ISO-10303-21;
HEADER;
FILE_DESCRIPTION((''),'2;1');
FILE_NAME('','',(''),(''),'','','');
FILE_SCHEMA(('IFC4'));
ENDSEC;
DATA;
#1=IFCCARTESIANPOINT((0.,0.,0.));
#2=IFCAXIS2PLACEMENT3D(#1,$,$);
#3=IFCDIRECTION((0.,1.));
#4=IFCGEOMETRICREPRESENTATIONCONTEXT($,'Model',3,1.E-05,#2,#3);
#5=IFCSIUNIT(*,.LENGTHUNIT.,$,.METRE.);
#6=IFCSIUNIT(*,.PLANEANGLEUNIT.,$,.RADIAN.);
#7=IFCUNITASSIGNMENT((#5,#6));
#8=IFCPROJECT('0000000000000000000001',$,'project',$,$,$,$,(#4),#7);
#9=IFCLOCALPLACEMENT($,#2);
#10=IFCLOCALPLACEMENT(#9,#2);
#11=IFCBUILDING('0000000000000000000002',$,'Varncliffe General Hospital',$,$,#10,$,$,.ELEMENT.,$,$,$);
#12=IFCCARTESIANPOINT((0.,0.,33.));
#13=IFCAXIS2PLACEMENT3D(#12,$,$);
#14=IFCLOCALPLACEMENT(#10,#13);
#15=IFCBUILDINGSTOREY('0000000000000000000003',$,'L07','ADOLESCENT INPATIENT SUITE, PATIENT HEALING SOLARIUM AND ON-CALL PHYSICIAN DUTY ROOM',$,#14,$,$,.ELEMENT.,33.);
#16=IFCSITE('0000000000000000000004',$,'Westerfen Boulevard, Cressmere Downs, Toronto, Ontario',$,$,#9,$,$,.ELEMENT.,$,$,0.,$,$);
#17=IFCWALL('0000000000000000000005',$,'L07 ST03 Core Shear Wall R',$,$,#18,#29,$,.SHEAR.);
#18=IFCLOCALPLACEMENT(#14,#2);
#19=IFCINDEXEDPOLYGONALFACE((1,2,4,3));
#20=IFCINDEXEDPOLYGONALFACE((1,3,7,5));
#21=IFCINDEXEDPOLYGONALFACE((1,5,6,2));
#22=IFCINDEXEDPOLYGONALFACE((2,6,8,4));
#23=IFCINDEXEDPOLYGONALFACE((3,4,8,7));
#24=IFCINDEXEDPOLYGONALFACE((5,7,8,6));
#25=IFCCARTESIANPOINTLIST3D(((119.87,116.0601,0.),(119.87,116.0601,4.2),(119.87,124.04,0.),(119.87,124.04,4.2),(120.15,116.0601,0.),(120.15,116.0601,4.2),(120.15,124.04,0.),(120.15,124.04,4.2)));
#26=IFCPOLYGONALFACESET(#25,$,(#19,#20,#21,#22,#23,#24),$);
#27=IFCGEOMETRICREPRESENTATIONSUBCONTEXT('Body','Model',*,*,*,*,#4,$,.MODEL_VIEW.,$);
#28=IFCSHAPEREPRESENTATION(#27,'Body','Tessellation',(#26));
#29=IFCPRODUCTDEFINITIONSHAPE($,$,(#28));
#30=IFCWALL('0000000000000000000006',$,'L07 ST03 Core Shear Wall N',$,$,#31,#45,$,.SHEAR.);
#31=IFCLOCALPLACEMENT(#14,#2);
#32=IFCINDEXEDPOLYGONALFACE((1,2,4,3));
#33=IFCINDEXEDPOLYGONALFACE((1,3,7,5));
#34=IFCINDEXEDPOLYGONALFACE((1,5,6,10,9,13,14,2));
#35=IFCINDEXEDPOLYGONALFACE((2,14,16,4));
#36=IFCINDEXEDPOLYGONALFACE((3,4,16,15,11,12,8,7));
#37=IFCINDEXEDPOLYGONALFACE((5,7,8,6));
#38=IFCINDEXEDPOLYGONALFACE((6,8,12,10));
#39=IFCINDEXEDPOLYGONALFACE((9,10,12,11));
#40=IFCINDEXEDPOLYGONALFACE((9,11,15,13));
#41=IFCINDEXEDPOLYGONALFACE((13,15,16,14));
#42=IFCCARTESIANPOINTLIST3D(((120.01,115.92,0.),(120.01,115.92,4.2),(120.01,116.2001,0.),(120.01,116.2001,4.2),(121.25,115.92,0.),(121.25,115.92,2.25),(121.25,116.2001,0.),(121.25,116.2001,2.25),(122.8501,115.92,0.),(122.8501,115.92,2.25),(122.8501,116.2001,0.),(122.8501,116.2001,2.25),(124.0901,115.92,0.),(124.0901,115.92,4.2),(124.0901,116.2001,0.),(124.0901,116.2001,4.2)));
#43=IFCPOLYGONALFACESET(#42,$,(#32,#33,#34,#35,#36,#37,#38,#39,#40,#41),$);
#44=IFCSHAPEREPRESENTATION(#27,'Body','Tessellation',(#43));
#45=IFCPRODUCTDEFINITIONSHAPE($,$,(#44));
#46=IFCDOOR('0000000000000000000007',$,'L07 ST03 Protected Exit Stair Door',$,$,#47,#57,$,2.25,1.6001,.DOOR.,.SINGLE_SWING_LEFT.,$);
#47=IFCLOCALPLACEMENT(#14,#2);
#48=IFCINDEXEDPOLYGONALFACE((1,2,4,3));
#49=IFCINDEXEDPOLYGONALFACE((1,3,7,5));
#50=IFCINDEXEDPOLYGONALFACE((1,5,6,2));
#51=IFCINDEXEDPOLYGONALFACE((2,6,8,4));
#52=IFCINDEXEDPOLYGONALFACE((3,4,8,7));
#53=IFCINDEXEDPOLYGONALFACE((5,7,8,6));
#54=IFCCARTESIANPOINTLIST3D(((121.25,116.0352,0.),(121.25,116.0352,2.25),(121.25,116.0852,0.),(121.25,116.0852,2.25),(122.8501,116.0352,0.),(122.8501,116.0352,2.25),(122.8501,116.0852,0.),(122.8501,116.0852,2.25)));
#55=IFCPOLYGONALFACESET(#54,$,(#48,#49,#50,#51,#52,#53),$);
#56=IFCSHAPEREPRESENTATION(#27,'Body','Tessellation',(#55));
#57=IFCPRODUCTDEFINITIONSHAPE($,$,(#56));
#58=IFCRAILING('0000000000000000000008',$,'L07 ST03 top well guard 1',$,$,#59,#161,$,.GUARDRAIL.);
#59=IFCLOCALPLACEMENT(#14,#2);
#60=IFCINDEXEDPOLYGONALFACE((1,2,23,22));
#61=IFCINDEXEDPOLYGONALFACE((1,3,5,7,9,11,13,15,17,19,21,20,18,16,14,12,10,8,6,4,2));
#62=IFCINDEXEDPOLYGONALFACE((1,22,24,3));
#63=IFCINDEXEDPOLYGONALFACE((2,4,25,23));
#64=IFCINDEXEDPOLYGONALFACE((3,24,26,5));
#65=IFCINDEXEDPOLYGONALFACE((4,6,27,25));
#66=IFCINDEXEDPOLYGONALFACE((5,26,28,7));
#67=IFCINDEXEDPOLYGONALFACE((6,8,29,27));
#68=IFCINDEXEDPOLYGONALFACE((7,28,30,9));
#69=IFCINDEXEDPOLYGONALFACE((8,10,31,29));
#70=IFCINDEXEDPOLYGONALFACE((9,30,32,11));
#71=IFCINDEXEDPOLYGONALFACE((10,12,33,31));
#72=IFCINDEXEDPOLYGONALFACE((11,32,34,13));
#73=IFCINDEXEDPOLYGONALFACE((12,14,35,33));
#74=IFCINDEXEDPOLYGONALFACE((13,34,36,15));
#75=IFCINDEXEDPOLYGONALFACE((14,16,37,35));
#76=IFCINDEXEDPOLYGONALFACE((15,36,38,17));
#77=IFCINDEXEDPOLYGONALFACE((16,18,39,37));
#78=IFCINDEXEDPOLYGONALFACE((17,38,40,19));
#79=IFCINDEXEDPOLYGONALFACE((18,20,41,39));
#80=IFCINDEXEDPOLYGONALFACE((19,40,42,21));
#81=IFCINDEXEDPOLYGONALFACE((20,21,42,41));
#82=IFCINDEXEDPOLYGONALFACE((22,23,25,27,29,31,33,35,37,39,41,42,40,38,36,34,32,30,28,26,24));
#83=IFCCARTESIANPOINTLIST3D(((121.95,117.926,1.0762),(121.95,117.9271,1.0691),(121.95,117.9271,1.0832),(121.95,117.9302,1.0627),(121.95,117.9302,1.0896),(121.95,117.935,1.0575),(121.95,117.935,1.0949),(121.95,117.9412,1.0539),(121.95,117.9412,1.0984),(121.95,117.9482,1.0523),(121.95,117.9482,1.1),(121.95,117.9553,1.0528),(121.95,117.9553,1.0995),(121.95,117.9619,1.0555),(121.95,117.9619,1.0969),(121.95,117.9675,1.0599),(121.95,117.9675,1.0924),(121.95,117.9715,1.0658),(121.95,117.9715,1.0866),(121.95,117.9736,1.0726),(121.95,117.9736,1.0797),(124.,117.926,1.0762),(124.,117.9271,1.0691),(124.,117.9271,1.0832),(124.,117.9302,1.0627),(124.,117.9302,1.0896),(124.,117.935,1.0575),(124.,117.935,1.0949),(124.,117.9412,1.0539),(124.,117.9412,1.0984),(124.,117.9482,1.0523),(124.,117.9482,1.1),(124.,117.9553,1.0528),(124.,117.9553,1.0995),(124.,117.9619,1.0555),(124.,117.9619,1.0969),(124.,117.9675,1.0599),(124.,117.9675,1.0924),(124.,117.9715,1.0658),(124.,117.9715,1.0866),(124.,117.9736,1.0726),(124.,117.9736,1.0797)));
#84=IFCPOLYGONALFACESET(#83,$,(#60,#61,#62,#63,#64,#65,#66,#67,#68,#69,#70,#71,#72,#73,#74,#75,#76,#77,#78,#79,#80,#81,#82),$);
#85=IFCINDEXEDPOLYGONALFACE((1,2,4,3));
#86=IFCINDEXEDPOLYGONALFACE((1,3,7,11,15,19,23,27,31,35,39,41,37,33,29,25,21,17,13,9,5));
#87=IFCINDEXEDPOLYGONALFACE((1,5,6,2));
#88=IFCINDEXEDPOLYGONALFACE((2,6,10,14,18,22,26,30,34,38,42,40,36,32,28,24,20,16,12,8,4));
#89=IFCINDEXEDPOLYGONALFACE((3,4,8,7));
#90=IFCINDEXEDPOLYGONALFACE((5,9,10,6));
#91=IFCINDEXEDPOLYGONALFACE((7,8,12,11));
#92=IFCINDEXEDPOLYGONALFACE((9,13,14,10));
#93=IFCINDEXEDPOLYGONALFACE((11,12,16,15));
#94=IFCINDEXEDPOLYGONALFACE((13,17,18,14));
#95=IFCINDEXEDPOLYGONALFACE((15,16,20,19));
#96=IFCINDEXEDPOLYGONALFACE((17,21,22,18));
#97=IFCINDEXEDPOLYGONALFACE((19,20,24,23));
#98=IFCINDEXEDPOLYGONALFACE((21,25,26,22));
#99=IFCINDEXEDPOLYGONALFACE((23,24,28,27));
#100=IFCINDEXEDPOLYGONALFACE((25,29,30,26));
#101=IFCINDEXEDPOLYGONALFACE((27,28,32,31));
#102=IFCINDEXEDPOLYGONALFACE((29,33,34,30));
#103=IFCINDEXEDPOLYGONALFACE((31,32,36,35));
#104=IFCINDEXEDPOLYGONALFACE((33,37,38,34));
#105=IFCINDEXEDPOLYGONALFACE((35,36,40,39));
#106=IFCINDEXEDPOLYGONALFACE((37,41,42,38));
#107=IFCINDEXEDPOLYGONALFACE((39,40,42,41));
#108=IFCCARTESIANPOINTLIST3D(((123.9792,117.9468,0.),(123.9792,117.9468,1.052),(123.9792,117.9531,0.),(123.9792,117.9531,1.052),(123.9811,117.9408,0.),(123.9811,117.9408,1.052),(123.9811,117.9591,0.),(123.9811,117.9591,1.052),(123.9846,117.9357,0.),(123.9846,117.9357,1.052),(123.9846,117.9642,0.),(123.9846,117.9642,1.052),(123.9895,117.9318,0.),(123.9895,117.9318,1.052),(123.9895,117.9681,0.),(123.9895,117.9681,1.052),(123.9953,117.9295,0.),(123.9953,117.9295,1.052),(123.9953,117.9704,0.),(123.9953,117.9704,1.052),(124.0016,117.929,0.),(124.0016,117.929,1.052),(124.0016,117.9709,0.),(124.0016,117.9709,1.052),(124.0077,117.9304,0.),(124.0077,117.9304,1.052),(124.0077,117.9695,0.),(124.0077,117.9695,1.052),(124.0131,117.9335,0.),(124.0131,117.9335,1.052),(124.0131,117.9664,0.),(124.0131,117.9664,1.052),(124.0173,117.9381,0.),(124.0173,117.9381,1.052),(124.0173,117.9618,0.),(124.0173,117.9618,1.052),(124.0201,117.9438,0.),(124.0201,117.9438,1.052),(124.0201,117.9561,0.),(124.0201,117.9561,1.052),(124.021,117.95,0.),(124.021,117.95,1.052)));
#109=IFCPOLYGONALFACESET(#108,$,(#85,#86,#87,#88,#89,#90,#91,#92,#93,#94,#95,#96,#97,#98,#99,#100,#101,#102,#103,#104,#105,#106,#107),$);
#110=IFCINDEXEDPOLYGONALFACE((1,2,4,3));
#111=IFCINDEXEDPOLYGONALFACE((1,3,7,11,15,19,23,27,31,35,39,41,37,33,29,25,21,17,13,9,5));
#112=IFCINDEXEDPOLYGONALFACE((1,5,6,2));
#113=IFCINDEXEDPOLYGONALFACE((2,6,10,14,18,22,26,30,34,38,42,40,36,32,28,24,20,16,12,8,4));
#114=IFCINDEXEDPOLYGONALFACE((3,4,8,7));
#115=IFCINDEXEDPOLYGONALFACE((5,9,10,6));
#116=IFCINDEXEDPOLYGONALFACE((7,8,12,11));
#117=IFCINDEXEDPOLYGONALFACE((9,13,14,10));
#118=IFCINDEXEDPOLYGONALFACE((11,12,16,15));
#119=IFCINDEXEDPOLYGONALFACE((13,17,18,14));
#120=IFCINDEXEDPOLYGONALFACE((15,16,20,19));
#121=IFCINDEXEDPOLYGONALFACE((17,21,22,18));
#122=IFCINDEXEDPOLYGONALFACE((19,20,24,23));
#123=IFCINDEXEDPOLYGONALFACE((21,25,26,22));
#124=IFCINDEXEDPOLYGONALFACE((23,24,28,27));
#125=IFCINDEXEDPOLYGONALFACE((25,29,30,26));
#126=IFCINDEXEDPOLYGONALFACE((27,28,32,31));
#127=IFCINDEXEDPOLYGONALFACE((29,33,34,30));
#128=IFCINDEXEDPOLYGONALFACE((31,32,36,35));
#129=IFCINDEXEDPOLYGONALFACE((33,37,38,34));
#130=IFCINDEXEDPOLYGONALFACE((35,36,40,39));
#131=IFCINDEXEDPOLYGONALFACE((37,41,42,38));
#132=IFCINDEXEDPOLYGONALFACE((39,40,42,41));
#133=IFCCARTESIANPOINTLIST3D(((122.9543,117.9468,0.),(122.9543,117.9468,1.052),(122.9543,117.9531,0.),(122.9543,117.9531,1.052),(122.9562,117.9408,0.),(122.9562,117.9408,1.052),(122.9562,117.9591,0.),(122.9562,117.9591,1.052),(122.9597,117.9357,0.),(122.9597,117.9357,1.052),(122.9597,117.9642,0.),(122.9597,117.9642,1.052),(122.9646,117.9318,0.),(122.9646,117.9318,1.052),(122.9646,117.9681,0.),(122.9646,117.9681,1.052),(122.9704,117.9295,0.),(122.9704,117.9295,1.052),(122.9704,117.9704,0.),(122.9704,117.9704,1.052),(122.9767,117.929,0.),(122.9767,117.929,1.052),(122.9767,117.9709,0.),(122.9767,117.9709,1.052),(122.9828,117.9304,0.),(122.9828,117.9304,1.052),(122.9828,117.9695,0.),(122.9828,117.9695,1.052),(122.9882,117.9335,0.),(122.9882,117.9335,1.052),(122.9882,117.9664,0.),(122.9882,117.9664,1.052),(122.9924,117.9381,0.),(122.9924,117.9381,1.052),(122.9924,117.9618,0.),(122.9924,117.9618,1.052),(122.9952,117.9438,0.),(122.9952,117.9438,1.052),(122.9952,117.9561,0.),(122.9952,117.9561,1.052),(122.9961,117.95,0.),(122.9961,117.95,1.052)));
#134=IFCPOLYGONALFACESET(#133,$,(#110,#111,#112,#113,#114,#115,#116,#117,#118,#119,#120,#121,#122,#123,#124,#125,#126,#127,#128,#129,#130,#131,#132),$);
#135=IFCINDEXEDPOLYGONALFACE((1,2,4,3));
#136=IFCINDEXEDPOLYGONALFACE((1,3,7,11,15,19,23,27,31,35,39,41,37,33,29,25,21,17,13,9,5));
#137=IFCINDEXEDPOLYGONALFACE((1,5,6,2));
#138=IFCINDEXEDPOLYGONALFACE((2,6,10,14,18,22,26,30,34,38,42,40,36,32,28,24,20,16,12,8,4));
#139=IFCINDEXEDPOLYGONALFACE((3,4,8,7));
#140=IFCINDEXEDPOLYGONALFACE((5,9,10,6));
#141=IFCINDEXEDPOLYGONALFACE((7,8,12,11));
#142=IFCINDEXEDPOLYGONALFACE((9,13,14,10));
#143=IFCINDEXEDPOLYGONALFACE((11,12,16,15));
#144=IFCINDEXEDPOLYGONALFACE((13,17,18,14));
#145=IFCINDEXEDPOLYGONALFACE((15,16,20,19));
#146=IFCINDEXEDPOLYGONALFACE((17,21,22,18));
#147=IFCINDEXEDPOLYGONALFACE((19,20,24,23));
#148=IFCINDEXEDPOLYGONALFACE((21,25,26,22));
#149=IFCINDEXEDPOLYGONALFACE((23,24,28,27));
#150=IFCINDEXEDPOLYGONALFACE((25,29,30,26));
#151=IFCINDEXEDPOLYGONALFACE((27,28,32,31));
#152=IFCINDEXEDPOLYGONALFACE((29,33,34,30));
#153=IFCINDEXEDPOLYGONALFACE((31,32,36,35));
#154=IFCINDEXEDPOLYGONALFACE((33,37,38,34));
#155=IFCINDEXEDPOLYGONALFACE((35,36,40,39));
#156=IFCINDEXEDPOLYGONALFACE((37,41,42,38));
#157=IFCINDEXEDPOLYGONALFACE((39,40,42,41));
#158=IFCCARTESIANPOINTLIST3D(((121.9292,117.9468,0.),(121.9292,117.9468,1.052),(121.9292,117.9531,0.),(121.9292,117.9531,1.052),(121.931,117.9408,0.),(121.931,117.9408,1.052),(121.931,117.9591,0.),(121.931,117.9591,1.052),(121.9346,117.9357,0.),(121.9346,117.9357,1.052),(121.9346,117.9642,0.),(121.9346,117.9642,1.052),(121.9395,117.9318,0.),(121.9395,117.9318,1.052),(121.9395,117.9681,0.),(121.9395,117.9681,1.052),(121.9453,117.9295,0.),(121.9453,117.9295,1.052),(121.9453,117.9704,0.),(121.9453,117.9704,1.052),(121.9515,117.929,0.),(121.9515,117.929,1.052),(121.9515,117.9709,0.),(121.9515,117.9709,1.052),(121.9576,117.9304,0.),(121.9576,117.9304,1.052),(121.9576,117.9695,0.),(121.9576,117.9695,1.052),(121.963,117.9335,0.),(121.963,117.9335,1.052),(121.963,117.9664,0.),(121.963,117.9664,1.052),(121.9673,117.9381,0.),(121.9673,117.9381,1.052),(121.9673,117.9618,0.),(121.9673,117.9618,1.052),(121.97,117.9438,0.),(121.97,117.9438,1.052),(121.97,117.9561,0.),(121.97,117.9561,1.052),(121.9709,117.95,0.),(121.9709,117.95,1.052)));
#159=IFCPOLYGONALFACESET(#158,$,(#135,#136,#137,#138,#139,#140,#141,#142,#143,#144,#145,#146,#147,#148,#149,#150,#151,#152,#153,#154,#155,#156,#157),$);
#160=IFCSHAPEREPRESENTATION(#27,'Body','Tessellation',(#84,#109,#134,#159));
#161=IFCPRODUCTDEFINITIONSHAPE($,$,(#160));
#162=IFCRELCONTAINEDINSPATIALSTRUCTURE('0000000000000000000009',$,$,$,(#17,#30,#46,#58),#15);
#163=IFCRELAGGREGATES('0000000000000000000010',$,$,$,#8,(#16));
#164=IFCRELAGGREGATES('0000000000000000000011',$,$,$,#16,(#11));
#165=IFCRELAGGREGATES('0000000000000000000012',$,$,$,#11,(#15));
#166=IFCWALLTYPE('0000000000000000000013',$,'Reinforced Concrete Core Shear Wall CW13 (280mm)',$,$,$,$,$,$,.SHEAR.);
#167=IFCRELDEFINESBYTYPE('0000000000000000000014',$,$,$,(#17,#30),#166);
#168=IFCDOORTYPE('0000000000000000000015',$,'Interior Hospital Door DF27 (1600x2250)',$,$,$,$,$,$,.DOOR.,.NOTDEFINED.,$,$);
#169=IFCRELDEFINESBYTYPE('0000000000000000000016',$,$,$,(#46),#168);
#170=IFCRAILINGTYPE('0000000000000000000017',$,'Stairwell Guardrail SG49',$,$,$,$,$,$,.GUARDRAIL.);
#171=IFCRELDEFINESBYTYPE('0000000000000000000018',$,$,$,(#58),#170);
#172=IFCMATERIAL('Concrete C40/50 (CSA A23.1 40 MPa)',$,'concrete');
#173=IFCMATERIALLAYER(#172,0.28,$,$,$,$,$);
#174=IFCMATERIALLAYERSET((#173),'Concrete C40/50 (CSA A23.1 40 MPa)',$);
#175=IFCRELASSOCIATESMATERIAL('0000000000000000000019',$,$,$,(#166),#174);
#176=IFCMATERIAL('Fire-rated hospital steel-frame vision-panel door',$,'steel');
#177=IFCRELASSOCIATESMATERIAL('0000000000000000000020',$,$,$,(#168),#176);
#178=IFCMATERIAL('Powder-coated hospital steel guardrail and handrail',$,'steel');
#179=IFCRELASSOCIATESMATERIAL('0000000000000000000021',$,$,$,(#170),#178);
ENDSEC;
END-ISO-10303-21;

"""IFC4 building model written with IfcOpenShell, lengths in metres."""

from ifc_helpers import new_model, si_unit, direction, frame, frame_2d, origin, origin_2d, place, context, subcontext, project, spatial, rectangle, circle, extrude, material, layer, layer_set, type_object, element, fill, save


model = new_model("IFC4")

# Units and contexts
model_context = context("Model", 3, precision=1e-05, world=origin(), true_north=direction((0.0, 1.0)))
body_context = subcontext(model_context, "Body", "Model", "MODEL_VIEW")
ifc_project = project(units=[si_unit("LENGTHUNIT", "METRE"), si_unit("PLANEANGLEUNIT", "RADIAN")], contexts=[model_context])

# Site, building, storey
site_placement = place(None, origin())
site = spatial("IfcSite", under=ifc_project, at=site_placement, Name="Westerfen Boulevard, Cressmere Downs, Toronto, Ontario", CompositionType="ELEMENT", RefElevation=0.0)
building_placement = place(site_placement, origin())
building = spatial("IfcBuilding", under=site, at=building_placement, Name="Varncliffe General Hospital", CompositionType="ELEMENT")
storey_placement = place(building_placement, frame((0.0, 0.0, 33.0)))
storey = spatial("IfcBuildingStorey", under=building, at=storey_placement, Name="L07", Description="ADOLESCENT INPATIENT SUITE, PATIENT HEALING SOLARIUM AND ON-CALL PHYSICIAN DUTY ROOM", CompositionType="ELEMENT", Elevation=33.0)

# Shared definitions
ifc_material_1 = material(Name="Concrete C40/50 (CSA A23.1 40 MPa)", Category="concrete")

# Shared definitions
ifc_material_2 = material(Name="Fire-rated hospital steel-frame vision-panel door", Category="steel")

# Wall
ifc_layer_1 = layer(ifc_material_1, 0.28)
ifc_layer_set_1 = layer_set([ifc_layer_1], Name="Concrete C40/50 (CSA A23.1 40 MPa)")
wall_type_1 = type_object("IfcWallType", Name="Reinforced Concrete Core Shear Wall CW13 (280mm)", PredefinedType="SHEAR", material=ifc_layer_set_1)
wall_1_placement = place(storey_placement, frame((120.01, 124.04, 0.0), z_axis=(0.0, 0.0, 1.0), x_axis=(0.0, -1.0, 0.0)))
element("IfcWall", 1, at=wall_1_placement, inside=storey, type_object=wall_type_1, Name="L07 ST03 Core Shear Wall R", PredefinedType="SHEAR", context=body_context, shape_type="SweptSolid", body=[
    extrude(rectangle(XDim=7.98, YDim=0.28, at=frame_2d((3.99, 0.0))), origin(), (0.0, 0.0, 1.0), 4.2),
])

# Wall, opening, door
wall_2_placement = place(storey_placement, frame((120.01, 116.0601, 0.0), z_axis=(0.0, 0.0, 1.0), x_axis=(1.0, 0.0, 0.0)))
wall_2 = element("IfcWall", 2, at=wall_2_placement, inside=storey, type_object=wall_type_1, Name="L07 ST03 Core Shear Wall N", PredefinedType="SHEAR", context=body_context, shape_type="SweptSolid", body=[
    extrude(rectangle(XDim=4.0801, YDim=0.28, at=frame_2d((2.04, 0.0))), origin(), (0.0, 0.0, 1.0), 4.2),
])
opening_1_placement = place(wall_2_placement, frame((1.24, 0.0, 0.0)))
opening_1 = element("IfcOpeningElement", 3, at=opening_1_placement, cuts=wall_2, PredefinedType="OPENING", context=body_context, shape_type="SweptSolid", body=[
    extrude(rectangle(XDim=1.6001, YDim=2.25, at=frame_2d((0.8, 1.125))), frame((0.0, 0.1499, 0.0), z_axis=(0.0, -1.0, 0.0), x_axis=(1.0, 0.0, 0.0)), (0.0, 0.0, 1.0), 0.3),
])
door_type_1 = type_object("IfcDoorType", Name="Interior Hospital Door DF27 (1600x2250)", OperationType="NOTDEFINED", PredefinedType="DOOR", material=ifc_material_2)
door_1_placement = place(opening_1_placement, frame((1.6001, 0.0, 0.0), z_axis=(0.0, 0.0, 1.0), x_axis=(-1.0, 0.0, 0.0)))
door_1 = element("IfcDoor", 4, at=door_1_placement, inside=storey, type_object=door_type_1, Name="L07 ST03 Protected Exit Stair Door", OperationType="SINGLE_SWING_LEFT", OverallHeight=2.25, OverallWidth=1.6001, PredefinedType="DOOR", context=body_context, shape_type="SweptSolid", body=[
    extrude(rectangle(XDim=1.6001, YDim=2.25, at=frame_2d((0.8, 1.125))), frame((0.0, 0.0249, 0.0), z_axis=(0.0, -1.0, 0.0), x_axis=(1.0, 0.0, 0.0)), (0.0, 0.0, 1.0), 0.05),
])
fill(opening_1, door_1)

# Railing
ifc_material_3 = material(Name="Powder-coated hospital steel guardrail and handrail", Category="steel")
railing_type = type_object("IfcRailingType", Name="Stairwell Guardrail SG49", PredefinedType="GUARDRAIL", material=ifc_material_3)
railing_placement = place(storey_placement, frame((124.0, 117.95, 0.0)))
element("IfcRailing", 5, at=railing_placement, inside=storey, type_object=railing_type, Name="L07 ST03 top well guard 1", PredefinedType="GUARDRAIL", context=body_context, shape_type="SweptSolid", body=[
    extrude(circle(Radius=0.0239, at=origin_2d()), frame((0.0, 0.0, 1.0762), z_axis=(-1.0, 0.0, 0.0), x_axis=(0.0, -1.0, 0.0)), (0.0, 0.0, 1.0), 2.05),
    extrude(circle(Radius=0.021, at=origin_2d()), origin(), (0.0, 0.0, 1.0), 1.052),
    extrude(circle(Radius=0.021, at=origin_2d()), frame((-1.0249, 0.0, 0.0)), (0.0, 0.0, 1.0), 1.052),
    extrude(circle(Radius=0.021, at=origin_2d()), frame((-2.05, 0.0, 0.0)), (0.0, 0.0, 1.0), 1.052),
])

save(model, "model.ifc")
